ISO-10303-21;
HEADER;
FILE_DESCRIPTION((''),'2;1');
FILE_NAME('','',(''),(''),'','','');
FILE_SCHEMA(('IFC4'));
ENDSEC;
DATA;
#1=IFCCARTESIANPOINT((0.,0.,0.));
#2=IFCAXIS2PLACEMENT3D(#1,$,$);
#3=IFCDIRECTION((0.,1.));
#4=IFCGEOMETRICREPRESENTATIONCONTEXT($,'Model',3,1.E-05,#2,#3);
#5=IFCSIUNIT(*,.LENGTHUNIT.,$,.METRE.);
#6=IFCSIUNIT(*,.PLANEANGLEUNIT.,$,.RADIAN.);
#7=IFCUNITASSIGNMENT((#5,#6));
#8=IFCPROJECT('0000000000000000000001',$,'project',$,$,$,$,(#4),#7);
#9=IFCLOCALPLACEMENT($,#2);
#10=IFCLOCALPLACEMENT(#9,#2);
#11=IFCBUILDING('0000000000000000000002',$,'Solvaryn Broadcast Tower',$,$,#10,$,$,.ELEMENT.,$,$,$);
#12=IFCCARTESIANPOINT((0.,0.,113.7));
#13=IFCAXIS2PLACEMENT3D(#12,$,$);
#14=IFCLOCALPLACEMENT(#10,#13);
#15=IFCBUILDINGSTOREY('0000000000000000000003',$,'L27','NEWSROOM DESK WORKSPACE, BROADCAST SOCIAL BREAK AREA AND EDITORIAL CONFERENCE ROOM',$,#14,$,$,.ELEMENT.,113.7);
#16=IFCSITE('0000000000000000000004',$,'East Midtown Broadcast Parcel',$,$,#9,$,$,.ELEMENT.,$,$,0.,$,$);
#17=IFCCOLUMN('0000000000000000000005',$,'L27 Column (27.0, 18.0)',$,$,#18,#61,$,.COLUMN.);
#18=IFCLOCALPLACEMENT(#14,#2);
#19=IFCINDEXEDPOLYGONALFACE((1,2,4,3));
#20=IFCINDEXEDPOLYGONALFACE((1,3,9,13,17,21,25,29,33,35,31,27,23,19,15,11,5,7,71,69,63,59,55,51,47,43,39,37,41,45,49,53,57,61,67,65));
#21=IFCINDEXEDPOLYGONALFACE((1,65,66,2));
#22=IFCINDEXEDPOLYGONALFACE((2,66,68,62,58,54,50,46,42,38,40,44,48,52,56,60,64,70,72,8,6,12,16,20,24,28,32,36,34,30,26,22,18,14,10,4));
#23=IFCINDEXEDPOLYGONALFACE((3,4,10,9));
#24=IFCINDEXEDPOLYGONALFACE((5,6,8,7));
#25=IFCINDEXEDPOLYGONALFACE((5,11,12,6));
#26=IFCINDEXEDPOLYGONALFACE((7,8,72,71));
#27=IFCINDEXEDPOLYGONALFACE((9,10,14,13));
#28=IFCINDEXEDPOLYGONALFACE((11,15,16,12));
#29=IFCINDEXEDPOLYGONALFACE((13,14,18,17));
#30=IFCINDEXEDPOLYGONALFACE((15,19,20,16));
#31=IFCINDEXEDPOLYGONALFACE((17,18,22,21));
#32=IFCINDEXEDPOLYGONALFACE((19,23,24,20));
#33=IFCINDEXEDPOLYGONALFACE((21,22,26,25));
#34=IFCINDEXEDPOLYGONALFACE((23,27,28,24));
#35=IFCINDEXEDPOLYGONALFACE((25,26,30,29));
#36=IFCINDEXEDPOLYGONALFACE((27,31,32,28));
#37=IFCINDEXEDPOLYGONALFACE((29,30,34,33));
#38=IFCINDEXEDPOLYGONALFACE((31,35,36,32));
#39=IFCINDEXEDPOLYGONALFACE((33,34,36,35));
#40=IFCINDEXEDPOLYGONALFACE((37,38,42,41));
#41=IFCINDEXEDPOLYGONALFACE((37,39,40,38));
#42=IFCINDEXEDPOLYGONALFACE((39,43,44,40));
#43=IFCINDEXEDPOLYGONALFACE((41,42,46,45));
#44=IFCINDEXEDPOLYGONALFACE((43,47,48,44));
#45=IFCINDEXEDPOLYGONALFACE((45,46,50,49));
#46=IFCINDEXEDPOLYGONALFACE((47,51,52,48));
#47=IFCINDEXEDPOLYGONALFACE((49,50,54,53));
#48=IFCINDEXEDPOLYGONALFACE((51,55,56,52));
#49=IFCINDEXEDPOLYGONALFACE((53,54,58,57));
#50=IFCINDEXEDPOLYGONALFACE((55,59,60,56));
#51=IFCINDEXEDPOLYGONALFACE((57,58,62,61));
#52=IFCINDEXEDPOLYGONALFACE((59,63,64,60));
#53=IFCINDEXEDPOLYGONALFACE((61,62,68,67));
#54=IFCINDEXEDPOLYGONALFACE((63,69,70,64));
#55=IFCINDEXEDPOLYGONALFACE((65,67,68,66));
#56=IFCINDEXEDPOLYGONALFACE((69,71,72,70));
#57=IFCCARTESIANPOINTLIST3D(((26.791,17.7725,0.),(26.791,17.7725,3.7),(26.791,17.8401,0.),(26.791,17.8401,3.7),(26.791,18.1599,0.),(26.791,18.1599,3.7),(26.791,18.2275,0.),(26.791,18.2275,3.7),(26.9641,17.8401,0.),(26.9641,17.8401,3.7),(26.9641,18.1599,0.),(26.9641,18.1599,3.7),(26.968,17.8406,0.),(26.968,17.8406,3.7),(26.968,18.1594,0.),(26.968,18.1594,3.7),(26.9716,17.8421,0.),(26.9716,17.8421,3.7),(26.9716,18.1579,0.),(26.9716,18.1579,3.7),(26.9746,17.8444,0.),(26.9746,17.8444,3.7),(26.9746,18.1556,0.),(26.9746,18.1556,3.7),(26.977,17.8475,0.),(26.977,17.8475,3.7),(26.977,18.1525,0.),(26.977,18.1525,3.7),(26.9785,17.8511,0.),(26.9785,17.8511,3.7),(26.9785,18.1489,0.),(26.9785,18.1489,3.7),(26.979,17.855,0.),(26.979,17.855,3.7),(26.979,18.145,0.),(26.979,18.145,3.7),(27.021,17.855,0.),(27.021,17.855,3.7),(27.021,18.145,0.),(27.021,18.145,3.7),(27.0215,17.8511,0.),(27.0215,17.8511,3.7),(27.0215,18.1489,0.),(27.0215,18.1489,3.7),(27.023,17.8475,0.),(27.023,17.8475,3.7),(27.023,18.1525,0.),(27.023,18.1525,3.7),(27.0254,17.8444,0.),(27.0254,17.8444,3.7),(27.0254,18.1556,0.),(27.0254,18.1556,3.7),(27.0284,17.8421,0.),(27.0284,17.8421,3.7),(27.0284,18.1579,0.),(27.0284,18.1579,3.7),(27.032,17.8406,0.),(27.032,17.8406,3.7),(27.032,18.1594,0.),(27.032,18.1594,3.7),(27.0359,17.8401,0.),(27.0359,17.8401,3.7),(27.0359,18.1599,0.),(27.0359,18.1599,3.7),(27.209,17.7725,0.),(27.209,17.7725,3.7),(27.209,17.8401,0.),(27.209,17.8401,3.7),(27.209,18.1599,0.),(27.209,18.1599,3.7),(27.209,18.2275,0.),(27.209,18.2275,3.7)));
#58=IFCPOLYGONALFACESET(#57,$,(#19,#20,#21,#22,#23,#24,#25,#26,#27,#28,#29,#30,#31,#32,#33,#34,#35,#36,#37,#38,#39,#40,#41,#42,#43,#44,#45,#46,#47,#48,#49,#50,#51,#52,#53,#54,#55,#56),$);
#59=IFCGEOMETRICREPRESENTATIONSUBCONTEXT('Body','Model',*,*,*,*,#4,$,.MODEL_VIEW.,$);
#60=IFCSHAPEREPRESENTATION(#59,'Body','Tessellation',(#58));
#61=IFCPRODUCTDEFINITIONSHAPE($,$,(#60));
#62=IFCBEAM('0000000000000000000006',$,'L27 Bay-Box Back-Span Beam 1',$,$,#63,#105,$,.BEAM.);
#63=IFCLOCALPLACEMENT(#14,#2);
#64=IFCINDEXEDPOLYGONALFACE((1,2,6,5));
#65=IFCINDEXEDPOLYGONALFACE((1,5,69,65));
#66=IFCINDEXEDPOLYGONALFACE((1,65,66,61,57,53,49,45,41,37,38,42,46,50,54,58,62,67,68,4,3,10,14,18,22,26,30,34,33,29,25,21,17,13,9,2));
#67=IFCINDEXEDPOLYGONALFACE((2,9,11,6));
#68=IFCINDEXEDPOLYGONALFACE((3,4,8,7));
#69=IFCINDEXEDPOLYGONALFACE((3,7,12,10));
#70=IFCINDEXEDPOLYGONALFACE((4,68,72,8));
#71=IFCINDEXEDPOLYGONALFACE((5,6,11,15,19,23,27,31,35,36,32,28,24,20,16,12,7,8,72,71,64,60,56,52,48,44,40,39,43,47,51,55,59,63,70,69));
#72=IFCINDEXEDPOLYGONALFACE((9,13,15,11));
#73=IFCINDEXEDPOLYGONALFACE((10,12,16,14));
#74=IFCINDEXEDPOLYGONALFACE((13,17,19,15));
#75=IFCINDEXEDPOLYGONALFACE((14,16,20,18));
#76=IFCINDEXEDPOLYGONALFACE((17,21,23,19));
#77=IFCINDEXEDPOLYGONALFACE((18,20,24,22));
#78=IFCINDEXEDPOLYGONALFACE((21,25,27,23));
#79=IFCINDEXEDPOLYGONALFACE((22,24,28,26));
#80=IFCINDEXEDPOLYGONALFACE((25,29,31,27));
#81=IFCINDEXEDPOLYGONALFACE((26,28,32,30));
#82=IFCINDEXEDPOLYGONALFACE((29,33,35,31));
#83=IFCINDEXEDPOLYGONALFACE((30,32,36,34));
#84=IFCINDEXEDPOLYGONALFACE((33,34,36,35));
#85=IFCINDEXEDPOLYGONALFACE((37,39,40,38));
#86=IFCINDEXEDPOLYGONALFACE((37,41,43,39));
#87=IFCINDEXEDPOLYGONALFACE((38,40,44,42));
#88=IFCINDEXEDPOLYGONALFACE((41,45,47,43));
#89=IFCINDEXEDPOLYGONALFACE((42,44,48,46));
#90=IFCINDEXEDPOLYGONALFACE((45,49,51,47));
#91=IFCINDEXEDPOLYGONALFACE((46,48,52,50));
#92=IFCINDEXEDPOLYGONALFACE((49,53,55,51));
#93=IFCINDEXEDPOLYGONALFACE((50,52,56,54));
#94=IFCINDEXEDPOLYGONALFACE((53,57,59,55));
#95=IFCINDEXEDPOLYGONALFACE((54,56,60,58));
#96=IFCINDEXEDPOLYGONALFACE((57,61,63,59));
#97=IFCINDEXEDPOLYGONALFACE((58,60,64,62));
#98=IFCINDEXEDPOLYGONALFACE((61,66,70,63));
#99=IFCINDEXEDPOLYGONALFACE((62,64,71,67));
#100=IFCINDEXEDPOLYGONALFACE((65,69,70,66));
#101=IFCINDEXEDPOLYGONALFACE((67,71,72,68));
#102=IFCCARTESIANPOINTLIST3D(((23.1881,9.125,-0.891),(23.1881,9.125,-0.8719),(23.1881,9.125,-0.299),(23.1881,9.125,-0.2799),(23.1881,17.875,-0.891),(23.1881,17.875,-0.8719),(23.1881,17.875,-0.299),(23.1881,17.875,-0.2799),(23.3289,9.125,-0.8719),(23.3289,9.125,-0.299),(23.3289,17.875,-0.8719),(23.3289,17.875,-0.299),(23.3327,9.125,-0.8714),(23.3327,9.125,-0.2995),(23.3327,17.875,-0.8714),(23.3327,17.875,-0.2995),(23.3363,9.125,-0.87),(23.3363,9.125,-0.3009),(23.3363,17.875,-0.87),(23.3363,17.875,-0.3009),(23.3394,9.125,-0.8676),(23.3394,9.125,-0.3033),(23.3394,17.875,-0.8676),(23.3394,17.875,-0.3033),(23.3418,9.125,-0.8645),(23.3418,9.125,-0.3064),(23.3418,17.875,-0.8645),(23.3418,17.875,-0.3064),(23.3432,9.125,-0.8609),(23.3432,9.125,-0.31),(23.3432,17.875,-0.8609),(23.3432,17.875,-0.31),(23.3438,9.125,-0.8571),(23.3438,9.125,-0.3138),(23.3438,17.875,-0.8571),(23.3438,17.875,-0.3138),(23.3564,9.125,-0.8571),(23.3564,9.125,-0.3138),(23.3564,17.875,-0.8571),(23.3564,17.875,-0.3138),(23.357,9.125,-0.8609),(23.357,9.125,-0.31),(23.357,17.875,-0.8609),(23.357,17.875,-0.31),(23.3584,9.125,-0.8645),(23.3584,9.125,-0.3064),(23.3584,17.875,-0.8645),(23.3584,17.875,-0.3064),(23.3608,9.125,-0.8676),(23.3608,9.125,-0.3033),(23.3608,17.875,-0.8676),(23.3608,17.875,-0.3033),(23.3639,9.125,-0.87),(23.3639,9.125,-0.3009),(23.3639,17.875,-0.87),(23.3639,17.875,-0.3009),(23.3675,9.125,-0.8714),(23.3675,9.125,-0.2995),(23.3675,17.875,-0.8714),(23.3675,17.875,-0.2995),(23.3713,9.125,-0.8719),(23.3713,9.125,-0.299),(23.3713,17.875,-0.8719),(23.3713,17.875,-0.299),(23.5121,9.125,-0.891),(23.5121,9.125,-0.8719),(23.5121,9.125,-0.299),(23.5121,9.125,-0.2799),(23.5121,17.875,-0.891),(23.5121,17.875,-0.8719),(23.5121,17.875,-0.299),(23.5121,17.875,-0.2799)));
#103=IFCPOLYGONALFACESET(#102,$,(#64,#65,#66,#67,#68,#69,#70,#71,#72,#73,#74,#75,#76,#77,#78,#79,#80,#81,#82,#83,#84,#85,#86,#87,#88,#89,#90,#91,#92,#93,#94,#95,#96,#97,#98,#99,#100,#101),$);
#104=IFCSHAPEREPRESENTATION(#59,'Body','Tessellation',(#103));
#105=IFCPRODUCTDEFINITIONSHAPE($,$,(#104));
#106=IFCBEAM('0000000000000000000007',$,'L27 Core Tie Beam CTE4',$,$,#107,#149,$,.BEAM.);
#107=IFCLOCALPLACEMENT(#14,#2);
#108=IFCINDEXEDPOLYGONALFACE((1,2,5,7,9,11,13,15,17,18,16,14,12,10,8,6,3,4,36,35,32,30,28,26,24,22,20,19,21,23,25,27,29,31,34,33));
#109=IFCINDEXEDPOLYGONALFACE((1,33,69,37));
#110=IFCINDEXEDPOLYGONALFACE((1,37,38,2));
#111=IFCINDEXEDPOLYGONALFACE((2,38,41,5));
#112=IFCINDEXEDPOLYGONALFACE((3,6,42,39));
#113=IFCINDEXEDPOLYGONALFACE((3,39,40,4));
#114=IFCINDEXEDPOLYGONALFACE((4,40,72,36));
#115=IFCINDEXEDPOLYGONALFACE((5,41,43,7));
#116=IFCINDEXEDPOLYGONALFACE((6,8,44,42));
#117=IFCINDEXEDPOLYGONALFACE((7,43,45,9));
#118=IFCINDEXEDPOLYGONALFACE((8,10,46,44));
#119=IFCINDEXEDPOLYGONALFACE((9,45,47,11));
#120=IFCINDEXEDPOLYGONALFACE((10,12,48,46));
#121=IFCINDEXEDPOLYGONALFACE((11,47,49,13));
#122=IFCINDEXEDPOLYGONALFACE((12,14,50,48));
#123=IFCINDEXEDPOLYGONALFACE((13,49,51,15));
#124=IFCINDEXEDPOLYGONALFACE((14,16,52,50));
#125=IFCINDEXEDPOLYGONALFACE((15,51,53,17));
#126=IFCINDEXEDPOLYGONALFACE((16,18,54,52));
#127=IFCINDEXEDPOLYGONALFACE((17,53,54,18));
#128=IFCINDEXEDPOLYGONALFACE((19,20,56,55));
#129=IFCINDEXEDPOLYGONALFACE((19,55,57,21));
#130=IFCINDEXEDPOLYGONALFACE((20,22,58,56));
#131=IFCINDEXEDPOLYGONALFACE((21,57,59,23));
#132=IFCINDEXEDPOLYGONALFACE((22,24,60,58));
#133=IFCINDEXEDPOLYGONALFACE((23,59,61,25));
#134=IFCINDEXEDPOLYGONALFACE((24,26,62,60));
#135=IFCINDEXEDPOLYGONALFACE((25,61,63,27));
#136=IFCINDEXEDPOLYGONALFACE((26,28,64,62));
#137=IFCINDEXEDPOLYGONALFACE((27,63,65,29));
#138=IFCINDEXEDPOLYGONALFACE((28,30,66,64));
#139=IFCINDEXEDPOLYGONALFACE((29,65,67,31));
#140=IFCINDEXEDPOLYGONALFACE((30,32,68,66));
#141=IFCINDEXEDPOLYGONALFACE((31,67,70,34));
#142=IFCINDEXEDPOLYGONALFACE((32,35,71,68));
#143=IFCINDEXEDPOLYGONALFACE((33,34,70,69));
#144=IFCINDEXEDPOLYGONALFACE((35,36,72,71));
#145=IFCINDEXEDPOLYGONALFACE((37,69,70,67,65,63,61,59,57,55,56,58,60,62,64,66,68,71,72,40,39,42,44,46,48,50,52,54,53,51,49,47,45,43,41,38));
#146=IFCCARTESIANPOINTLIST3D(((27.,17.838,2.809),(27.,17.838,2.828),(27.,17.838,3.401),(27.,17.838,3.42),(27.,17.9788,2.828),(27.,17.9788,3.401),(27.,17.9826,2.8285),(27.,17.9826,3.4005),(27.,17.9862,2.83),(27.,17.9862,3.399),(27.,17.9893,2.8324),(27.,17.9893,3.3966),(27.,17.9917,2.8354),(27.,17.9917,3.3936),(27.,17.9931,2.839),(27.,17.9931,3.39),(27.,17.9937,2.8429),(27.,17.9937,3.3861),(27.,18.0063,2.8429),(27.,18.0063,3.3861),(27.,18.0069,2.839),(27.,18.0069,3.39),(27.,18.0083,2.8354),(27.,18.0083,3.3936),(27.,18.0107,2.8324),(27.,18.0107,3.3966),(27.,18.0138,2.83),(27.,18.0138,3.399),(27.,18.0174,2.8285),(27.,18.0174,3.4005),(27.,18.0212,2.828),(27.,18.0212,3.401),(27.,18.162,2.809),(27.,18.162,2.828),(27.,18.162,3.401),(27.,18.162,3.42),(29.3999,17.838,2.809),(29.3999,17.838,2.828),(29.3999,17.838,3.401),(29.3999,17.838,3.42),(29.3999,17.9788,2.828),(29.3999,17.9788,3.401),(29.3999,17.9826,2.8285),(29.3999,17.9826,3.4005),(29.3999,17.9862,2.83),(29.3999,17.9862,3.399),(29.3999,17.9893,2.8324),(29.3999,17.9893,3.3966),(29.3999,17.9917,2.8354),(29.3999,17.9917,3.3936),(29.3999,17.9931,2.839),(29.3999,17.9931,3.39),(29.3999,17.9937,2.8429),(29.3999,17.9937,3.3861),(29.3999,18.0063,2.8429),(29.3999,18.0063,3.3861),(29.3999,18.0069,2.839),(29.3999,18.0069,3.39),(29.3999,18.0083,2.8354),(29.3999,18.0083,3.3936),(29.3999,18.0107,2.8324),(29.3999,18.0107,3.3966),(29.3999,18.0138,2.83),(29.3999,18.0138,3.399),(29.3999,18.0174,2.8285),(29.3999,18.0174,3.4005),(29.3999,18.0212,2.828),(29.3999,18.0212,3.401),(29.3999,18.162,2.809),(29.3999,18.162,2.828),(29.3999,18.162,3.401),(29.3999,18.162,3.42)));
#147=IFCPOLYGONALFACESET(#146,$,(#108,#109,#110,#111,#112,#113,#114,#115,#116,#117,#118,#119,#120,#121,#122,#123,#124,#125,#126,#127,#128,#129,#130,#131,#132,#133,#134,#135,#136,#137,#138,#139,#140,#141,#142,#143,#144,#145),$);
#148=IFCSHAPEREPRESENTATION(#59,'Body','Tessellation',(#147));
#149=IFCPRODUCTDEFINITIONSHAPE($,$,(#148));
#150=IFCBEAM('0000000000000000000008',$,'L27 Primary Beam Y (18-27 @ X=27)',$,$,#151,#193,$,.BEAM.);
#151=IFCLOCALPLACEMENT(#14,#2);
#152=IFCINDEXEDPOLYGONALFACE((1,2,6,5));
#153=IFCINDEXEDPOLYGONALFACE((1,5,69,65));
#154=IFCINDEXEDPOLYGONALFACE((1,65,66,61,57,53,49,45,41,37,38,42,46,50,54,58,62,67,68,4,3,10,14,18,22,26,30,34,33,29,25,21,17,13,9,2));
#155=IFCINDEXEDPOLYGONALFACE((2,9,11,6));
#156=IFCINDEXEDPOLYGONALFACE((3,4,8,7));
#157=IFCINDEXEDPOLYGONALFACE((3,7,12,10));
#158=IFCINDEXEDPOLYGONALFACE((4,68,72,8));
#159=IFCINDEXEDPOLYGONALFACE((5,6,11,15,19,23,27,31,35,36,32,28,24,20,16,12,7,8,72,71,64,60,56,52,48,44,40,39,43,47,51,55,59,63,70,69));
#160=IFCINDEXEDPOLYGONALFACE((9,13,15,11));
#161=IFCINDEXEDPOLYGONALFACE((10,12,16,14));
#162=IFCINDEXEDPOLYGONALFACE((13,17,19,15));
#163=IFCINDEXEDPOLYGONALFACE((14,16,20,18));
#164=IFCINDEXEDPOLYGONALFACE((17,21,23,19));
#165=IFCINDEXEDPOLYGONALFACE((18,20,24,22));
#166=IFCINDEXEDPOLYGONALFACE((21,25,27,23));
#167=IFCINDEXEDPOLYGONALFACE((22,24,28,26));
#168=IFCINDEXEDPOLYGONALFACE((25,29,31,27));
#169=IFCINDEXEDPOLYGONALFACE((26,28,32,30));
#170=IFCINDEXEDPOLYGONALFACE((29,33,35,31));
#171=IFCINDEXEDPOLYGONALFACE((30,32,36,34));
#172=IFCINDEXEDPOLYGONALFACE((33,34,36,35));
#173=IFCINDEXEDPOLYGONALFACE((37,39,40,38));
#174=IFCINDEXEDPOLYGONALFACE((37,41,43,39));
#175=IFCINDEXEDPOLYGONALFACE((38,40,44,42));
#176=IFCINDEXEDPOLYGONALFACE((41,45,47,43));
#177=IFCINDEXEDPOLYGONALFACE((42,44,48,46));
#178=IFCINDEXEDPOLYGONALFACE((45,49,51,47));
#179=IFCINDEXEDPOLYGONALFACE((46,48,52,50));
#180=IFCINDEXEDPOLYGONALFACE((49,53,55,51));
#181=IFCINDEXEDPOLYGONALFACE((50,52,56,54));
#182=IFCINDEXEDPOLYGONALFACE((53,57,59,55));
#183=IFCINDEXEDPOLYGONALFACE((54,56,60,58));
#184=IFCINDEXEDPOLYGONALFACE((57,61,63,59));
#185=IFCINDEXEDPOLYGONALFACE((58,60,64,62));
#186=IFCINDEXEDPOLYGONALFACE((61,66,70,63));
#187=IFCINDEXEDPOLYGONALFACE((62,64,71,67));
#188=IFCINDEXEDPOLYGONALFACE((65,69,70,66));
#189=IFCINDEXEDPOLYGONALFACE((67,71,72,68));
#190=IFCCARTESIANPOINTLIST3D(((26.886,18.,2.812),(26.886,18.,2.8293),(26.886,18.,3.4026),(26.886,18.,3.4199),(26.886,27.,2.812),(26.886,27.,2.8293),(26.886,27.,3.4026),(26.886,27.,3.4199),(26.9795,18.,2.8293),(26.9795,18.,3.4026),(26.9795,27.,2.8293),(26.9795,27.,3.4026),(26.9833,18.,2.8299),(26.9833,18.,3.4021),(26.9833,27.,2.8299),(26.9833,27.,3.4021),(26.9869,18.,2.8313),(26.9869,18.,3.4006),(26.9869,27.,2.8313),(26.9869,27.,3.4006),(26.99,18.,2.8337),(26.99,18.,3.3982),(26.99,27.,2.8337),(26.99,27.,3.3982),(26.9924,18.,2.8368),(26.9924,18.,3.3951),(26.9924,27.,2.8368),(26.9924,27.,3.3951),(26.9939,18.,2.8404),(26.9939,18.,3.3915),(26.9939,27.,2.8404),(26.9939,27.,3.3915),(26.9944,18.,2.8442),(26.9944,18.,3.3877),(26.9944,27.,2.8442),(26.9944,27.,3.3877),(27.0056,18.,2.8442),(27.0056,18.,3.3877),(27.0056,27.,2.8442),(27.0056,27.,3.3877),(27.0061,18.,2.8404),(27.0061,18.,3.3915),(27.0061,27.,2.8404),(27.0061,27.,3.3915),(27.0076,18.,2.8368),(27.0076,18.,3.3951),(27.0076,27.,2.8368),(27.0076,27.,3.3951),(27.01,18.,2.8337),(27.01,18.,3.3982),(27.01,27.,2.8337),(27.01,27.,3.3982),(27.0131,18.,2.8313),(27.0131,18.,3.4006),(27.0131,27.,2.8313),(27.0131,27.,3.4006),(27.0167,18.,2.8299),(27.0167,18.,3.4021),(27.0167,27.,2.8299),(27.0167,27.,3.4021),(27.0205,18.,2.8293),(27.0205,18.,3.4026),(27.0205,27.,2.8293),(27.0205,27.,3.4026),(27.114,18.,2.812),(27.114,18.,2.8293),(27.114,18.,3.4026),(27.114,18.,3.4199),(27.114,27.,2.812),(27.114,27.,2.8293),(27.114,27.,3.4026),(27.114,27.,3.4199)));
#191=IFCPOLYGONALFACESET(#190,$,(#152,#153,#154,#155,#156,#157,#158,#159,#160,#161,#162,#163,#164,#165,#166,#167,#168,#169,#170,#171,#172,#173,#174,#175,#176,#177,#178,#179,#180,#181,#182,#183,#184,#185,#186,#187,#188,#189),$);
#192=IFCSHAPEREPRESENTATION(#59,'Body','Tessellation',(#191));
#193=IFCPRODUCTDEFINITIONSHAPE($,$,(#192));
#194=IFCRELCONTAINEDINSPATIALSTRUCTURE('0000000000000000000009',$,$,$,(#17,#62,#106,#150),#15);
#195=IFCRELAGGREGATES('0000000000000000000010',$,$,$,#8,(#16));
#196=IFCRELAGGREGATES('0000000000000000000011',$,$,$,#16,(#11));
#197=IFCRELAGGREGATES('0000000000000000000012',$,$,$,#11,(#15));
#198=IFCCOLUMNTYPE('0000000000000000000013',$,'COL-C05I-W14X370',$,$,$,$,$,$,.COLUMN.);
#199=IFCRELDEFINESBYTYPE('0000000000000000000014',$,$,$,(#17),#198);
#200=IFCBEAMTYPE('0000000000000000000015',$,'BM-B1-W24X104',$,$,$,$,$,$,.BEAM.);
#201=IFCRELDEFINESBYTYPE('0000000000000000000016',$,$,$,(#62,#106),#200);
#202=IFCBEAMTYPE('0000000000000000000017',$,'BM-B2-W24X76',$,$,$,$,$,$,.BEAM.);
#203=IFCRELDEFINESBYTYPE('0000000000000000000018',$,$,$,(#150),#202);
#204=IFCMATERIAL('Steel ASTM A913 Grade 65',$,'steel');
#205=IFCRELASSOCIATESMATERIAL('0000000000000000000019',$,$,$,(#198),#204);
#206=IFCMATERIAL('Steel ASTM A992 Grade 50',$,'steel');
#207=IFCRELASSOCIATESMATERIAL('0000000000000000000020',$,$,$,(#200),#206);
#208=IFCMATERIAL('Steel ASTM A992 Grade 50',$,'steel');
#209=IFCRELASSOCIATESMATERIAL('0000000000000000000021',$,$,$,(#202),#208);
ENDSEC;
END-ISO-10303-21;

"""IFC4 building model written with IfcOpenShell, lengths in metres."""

from ifc_helpers import new_model, si_unit, direction, frame, origin, origin_2d, place, context, subcontext, project, spatial, i_section, extrude, material, material_profile, profile_set, type_object, element, save


model = new_model("IFC4")

# Units and contexts
model_context = context("Model", 3, precision=1e-05, world=origin(), true_north=direction((0.0, 1.0)))
body_context = subcontext(model_context, "Body", "Model", "MODEL_VIEW")
ifc_project = project(units=[si_unit("LENGTHUNIT", "METRE"), si_unit("PLANEANGLEUNIT", "RADIAN")], contexts=[model_context])

# Site, building, storey
site_placement = place(None, origin())
site = spatial("IfcSite", under=ifc_project, at=site_placement, Name="East Midtown Broadcast Parcel", CompositionType="ELEMENT", RefElevation=0.0)
building_placement = place(site_placement, origin())
building = spatial("IfcBuilding", under=site, at=building_placement, Name="Solvaryn Broadcast Tower", CompositionType="ELEMENT")
storey_placement = place(building_placement, frame((0.0, 0.0, 113.7)))
storey = spatial("IfcBuildingStorey", under=building, at=storey_placement, Name="L27", Description="NEWSROOM DESK WORKSPACE, BROADCAST SOCIAL BREAK AREA AND EDITORIAL CONFERENCE ROOM", CompositionType="ELEMENT", Elevation=113.7)

# Column
ifc_material_1 = material(Name="Steel ASTM A913 Grade 65", Category="steel")
ifc_material_profile_1 = material_profile(ifc_material_1, i_section(OverallWidth=0.418, OverallDepth=0.4551, WebThickness=0.042, FlangeThickness=0.0676, FilletRadius=0.0149, at=origin_2d()))
ifc_profile_set_1 = profile_set([ifc_material_profile_1], Name="Steel ASTM A913 Grade 65")
column_type = type_object("IfcColumnType", Name="COL-C05I-W14X370", PredefinedType="COLUMN", material=ifc_profile_set_1)
column_placement = place(storey_placement, frame((27.0, 18.0, 0.0), z_axis=(0.0, 0.0, 1.0), x_axis=(1.0, 0.0, 0.0)))
element("IfcColumn", 1, at=column_placement, inside=storey, type_object=column_type, Name="L27 Column (27.0, 18.0)", PredefinedType="COLUMN", context=body_context, shape_type="SweptSolid", body=[
    extrude(i_section(OverallWidth=0.418, OverallDepth=0.4551, WebThickness=0.042, FlangeThickness=0.0676, FilletRadius=0.0149, at=origin_2d()), origin(), (0.0, 0.0, 1.0), 3.7),
])

# Beams
ifc_material_2 = material(Name="Steel ASTM A992 Grade 50", Category="steel")
ifc_material_profile_2 = material_profile(ifc_material_2, i_section(OverallWidth=0.324, OverallDepth=0.6111, WebThickness=0.0127, FlangeThickness=0.019, FilletRadius=0.0149, at=origin_2d()))
ifc_profile_set_2 = profile_set([ifc_material_profile_2], Name="Steel ASTM A992 Grade 50")
beam_type_1 = type_object("IfcBeamType", Name="BM-B1-W24X104", PredefinedType="BEAM", material=ifc_profile_set_2)
beam_1_placement = place(storey_placement, frame((23.3501, 17.875, -0.5854), z_axis=(0.0, -1.0, 0.0), x_axis=(1.0, 0.0, 0.0)))
element("IfcBeam", 2, at=beam_1_placement, inside=storey, type_object=beam_type_1, Name="L27 Bay-Box Back-Span Beam 1", PredefinedType="BEAM", context=body_context, shape_type="SweptSolid", body=[
    extrude(i_section(OverallWidth=0.324, OverallDepth=0.6111, WebThickness=0.0127, FlangeThickness=0.019, FilletRadius=0.0149, at=origin_2d()), origin(), (0.0, 0.0, 1.0), 8.75),
])
beam_2_placement = place(storey_placement, frame((27.0, 18.0, 3.1145), z_axis=(1.0, 0.0, 0.0), x_axis=(0.0, 1.0, 0.0)))
element("IfcBeam", 3, at=beam_2_placement, inside=storey, type_object=beam_type_1, Name="L27 Core Tie Beam CTE4", PredefinedType="BEAM", context=body_context, shape_type="SweptSolid", body=[
    extrude(i_section(OverallWidth=0.324, OverallDepth=0.6111, WebThickness=0.0127, FlangeThickness=0.019, FilletRadius=0.0149, at=origin_2d()), origin(), (0.0, 0.0, 1.0), 2.3999),
])
ifc_material_3 = material(Name="Steel ASTM A992 Grade 50", Category="steel")
ifc_material_profile_3 = material_profile(ifc_material_3, i_section(OverallWidth=0.228, OverallDepth=0.6079, WebThickness=0.0112, FlangeThickness=0.0173, FilletRadius=0.0149, at=origin_2d()))
ifc_profile_set_3 = profile_set([ifc_material_profile_3], Name="Steel ASTM A992 Grade 50")
beam_type_2 = type_object("IfcBeamType", Name="BM-B2-W24X76", PredefinedType="BEAM", material=ifc_profile_set_3)
beam_3_placement = place(storey_placement, frame((27.0, 18.0, 3.116), z_axis=(0.0, 1.0, 0.0), x_axis=(-1.0, 0.0, 0.0)))
element("IfcBeam", 4, at=beam_3_placement, inside=storey, type_object=beam_type_2, Name="L27 Primary Beam Y (18-27 @ X=27)", PredefinedType="BEAM", context=body_context, shape_type="SweptSolid", body=[
    extrude(i_section(OverallWidth=0.228, OverallDepth=0.6079, WebThickness=0.0112, FlangeThickness=0.0173, FilletRadius=0.0149, at=origin_2d()), origin(), (0.0, 0.0, 1.0), 9.0),
])

save(model, "model.ifc")
